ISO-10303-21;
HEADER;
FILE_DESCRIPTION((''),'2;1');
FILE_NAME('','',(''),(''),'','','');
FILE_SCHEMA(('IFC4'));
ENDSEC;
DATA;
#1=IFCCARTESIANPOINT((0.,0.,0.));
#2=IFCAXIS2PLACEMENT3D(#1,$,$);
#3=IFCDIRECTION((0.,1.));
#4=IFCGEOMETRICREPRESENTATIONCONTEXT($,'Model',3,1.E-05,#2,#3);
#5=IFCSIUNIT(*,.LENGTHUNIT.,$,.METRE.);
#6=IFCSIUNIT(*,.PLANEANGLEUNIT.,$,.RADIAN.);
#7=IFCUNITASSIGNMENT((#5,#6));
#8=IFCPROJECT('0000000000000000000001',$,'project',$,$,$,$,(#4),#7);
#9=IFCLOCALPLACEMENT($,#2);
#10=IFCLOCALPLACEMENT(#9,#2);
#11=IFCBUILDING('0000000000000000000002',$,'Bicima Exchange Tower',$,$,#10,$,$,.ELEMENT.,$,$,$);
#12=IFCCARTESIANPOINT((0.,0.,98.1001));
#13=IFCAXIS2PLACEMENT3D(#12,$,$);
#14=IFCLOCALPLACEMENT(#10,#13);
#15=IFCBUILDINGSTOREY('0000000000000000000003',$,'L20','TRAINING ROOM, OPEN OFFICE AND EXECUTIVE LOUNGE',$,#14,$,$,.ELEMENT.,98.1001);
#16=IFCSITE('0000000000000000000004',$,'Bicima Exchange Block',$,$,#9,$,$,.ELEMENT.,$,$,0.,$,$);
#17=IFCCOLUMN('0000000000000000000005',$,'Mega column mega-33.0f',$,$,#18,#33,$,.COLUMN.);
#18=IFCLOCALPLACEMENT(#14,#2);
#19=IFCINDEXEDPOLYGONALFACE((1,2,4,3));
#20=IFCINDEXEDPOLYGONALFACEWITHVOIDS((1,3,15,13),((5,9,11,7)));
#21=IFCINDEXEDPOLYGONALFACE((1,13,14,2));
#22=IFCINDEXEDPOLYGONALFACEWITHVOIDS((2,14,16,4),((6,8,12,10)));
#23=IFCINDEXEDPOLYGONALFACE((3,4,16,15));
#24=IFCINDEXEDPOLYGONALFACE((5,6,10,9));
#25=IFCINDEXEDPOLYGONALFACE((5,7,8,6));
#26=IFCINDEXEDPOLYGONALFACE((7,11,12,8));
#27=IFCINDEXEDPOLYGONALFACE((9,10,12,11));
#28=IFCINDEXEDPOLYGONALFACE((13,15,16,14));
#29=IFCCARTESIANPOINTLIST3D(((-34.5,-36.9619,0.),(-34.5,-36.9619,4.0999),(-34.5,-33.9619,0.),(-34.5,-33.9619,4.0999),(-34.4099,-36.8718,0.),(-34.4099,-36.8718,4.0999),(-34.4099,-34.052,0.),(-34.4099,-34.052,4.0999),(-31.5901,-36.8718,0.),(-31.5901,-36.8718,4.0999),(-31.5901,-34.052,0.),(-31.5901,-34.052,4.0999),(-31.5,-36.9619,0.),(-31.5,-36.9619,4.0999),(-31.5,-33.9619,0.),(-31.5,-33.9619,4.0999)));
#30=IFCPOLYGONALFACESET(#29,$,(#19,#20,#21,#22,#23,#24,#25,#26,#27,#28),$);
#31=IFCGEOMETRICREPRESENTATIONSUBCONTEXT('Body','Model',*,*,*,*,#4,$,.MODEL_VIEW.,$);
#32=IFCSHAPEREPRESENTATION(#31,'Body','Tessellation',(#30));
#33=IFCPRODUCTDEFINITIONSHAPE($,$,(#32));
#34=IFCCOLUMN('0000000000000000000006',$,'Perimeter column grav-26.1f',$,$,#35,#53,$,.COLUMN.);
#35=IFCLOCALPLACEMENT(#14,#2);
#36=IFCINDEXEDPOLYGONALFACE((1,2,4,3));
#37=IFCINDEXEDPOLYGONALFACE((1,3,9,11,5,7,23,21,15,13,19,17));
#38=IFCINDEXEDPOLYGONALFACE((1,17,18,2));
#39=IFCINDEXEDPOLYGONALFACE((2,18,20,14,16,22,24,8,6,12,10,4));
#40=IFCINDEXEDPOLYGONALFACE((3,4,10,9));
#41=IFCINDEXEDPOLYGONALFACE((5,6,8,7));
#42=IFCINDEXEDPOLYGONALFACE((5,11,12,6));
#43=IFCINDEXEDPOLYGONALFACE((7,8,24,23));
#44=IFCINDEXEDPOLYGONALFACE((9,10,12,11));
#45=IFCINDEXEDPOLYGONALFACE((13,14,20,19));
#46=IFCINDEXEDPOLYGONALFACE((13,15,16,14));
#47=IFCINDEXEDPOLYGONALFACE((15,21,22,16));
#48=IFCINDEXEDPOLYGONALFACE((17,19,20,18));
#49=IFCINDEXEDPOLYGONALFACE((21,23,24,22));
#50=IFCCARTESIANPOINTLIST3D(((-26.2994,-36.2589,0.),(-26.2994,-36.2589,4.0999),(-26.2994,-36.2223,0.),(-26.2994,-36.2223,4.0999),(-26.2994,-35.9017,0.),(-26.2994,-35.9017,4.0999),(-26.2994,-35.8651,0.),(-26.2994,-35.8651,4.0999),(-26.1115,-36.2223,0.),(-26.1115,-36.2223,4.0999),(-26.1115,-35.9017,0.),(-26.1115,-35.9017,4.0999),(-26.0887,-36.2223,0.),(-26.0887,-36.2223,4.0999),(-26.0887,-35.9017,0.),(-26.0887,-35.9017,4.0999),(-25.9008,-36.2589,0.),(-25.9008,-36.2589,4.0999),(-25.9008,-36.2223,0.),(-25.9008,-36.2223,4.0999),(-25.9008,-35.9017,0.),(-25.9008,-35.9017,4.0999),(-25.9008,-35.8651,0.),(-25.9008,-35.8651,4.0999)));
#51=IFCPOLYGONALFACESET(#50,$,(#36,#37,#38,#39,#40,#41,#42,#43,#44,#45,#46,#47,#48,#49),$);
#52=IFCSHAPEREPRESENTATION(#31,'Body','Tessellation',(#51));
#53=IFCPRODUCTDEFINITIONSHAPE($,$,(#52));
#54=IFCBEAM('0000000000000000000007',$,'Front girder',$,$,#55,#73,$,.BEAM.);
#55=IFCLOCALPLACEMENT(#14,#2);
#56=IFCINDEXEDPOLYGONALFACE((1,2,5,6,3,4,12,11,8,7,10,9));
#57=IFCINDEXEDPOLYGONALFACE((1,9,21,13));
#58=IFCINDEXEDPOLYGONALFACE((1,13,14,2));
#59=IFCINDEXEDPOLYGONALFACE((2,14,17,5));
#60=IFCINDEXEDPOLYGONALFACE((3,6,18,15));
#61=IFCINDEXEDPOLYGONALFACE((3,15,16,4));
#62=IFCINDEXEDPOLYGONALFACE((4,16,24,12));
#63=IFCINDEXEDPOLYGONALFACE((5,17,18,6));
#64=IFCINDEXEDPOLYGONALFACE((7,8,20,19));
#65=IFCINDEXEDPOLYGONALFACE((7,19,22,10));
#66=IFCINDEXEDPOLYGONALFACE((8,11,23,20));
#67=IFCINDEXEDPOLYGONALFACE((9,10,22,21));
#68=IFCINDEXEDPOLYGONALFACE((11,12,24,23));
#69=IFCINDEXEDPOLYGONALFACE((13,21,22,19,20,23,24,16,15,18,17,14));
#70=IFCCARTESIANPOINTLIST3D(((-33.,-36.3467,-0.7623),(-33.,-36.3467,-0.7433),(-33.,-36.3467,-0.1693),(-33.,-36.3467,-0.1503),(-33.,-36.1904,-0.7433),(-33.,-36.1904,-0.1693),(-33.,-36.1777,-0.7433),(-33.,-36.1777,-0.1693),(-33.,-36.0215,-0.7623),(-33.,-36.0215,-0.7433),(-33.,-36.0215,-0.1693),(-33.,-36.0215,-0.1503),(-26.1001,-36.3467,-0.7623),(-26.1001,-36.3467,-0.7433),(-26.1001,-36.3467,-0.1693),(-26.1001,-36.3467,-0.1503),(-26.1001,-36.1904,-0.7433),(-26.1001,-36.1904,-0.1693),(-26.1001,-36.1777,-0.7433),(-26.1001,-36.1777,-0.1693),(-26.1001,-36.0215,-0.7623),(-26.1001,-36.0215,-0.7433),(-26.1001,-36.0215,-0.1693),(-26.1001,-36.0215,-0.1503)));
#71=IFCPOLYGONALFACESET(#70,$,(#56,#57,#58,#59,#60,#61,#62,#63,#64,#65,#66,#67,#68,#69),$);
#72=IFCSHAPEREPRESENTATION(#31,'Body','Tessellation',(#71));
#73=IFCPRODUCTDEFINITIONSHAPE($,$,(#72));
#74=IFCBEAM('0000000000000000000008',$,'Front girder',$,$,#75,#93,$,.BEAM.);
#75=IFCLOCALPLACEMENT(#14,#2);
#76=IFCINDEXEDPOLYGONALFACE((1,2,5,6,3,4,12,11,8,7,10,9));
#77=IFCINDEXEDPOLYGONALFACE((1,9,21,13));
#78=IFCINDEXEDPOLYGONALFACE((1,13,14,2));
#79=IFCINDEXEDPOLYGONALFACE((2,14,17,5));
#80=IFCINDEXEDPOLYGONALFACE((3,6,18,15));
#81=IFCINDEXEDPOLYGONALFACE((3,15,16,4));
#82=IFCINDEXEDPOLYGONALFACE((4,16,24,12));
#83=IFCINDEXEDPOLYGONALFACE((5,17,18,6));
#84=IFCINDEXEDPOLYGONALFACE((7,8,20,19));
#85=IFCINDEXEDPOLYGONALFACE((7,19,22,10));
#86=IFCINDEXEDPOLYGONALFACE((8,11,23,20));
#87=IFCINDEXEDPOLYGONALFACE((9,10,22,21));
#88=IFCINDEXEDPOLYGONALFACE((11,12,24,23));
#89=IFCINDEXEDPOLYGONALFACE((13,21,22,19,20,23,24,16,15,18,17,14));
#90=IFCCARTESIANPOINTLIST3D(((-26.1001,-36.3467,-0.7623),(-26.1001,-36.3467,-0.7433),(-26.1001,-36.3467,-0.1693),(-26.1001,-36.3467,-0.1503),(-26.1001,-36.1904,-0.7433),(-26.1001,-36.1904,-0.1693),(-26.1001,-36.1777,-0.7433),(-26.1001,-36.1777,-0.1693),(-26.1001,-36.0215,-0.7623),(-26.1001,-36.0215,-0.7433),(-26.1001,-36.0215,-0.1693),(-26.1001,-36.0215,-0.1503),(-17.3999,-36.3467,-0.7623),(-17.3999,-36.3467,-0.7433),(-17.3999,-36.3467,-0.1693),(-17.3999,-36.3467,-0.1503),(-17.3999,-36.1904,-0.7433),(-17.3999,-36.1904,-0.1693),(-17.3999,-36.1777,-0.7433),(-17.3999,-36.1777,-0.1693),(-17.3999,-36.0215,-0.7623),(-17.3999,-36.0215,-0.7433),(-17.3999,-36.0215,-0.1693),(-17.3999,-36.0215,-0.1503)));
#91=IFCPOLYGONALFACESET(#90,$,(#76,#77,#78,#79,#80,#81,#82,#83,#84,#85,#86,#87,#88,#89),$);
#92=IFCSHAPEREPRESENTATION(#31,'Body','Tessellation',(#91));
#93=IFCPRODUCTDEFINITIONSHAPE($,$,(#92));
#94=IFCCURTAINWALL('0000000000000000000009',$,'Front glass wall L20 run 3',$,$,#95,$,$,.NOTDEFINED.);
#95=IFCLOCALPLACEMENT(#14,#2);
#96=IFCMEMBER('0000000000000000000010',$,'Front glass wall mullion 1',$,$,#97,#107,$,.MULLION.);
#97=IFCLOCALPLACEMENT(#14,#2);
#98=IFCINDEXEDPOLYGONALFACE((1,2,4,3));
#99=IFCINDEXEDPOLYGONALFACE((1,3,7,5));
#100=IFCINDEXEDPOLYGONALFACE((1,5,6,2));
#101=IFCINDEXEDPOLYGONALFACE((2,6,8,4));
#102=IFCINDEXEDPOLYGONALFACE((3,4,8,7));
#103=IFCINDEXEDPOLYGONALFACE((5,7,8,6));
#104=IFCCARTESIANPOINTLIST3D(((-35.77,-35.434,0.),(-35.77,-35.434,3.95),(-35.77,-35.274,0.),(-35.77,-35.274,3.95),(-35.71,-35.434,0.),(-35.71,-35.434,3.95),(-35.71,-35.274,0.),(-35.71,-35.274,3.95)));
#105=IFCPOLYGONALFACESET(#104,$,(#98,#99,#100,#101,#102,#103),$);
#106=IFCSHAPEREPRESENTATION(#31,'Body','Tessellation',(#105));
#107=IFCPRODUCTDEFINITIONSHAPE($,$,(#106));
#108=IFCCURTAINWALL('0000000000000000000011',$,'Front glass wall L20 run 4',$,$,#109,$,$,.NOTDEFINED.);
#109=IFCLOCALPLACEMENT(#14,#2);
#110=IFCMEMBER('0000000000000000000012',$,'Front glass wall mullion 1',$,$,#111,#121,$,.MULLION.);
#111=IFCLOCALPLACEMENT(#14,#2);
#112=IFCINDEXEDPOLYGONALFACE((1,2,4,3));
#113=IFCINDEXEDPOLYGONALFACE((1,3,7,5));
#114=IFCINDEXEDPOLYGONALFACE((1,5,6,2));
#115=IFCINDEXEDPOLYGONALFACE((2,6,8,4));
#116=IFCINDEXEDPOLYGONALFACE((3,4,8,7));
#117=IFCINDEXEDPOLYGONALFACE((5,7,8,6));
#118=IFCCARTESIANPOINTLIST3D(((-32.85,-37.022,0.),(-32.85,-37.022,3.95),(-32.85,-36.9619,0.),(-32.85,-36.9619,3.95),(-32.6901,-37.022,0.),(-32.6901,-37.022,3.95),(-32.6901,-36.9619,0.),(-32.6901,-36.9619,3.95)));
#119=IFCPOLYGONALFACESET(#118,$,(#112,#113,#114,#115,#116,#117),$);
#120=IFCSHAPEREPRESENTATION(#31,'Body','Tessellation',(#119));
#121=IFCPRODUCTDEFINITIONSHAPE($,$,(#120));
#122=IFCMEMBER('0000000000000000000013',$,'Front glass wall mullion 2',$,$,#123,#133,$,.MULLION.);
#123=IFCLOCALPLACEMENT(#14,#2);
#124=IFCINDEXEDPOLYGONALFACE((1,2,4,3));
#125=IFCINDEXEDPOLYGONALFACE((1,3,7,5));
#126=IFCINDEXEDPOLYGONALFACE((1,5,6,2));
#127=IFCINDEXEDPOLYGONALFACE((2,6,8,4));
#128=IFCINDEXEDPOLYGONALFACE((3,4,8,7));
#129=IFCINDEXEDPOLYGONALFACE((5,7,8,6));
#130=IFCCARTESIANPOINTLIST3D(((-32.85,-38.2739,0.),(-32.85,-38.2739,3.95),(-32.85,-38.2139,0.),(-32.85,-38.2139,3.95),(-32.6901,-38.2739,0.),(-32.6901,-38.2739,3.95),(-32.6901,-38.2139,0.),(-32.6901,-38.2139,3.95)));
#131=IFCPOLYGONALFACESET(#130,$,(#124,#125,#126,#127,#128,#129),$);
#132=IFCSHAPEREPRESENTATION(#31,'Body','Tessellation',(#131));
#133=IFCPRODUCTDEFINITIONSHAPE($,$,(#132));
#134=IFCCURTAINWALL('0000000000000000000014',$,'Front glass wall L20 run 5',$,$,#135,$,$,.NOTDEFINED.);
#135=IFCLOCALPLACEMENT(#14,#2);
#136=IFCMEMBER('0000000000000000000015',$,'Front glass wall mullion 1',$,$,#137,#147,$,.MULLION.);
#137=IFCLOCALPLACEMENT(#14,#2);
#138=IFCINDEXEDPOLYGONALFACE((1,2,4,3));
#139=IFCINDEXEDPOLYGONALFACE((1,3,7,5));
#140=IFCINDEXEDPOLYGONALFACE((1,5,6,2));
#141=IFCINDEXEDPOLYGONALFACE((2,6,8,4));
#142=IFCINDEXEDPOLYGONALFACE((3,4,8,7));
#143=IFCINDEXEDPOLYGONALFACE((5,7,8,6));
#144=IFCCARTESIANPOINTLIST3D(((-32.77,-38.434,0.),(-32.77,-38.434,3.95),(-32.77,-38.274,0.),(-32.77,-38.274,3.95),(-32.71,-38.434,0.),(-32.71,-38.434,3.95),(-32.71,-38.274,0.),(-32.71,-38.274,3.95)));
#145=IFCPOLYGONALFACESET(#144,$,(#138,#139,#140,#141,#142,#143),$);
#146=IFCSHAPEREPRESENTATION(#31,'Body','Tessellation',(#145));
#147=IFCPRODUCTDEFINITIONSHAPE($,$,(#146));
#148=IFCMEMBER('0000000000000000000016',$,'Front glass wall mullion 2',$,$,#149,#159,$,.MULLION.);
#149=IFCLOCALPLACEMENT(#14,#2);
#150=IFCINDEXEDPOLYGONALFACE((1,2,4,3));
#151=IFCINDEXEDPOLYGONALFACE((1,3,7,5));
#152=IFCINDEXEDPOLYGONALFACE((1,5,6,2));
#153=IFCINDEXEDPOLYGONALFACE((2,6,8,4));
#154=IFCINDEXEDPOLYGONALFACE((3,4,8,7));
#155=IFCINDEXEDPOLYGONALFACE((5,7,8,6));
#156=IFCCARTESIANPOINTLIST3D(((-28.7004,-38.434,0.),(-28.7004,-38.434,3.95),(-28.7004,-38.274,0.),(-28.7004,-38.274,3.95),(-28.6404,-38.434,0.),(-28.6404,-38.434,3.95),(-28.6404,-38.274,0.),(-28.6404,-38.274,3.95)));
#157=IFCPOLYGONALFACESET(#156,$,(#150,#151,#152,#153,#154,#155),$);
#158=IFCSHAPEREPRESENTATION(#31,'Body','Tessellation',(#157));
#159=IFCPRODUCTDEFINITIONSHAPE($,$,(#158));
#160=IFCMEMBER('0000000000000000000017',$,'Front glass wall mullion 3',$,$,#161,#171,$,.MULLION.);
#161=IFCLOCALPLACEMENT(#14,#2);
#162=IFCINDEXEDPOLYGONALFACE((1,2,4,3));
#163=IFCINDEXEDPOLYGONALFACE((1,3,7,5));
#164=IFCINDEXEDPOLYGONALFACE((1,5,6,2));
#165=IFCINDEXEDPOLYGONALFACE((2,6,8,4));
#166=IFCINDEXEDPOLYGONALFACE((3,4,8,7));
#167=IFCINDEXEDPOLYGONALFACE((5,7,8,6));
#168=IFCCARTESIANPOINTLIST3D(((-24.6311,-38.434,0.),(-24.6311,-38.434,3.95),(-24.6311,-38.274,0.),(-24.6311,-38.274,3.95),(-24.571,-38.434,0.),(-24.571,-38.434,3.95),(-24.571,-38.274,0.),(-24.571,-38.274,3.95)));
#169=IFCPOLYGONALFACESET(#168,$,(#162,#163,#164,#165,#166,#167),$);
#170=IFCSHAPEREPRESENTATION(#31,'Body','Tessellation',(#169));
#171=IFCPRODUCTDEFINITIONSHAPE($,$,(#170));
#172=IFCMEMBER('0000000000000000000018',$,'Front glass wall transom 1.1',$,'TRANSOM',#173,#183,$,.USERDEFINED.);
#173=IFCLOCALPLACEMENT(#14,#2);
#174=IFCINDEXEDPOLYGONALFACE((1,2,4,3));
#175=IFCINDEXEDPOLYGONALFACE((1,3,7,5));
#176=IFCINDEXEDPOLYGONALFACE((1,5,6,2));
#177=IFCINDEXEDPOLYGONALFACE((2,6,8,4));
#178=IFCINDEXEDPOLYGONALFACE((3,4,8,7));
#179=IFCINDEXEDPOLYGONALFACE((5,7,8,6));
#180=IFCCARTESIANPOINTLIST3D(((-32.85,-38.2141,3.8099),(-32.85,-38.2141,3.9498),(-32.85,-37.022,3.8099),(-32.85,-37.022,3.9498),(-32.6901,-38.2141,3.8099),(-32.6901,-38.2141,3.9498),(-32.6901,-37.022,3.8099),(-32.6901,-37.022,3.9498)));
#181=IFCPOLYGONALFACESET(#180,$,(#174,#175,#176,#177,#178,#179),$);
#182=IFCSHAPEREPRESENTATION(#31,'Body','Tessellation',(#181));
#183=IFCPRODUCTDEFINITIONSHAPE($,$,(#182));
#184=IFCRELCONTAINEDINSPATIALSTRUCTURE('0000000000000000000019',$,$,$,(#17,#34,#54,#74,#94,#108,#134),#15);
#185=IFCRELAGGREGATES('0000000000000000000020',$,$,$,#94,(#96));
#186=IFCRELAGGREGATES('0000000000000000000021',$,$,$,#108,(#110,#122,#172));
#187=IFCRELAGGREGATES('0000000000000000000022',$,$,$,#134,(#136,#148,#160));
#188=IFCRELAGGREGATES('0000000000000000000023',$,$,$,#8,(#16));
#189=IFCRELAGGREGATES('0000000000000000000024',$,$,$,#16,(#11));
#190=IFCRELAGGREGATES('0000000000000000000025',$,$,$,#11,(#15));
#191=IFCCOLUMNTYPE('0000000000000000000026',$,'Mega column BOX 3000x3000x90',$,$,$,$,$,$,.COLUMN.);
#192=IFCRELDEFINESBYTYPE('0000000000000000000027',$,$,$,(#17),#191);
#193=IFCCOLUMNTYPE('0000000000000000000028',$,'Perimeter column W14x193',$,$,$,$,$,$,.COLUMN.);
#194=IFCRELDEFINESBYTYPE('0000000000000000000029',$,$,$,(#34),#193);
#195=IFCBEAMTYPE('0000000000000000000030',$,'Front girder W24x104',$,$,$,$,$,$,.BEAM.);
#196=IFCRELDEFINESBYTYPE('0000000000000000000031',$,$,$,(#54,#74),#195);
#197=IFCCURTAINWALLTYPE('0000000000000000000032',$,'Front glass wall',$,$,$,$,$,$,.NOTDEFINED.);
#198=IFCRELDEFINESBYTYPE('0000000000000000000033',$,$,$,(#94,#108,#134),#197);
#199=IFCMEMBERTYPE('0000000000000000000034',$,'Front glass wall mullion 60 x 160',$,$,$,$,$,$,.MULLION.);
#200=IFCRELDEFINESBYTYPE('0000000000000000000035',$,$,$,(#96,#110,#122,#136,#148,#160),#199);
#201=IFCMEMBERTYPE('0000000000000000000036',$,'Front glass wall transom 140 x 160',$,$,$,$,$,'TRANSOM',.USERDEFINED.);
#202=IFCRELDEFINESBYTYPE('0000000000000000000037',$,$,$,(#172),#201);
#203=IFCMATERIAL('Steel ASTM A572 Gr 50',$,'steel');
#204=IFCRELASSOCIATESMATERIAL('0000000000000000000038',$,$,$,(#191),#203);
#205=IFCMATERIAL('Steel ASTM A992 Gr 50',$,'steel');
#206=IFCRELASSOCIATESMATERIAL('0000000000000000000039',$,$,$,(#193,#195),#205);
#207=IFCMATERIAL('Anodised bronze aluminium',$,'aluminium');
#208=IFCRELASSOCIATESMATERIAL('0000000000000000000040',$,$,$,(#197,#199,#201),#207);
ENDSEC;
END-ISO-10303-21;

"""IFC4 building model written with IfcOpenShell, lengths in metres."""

from ifc_helpers import new_model, si_unit, direction, frame, origin, origin_2d, place, context, subcontext, project, spatial, rectangle, hollow_rectangle, i_section, extrude, material, material_profile, profile_set, type_object, element, aggregate, save


model = new_model("IFC4")

# Units and contexts
model_context = context("Model", 3, precision=1e-05, world=origin(), true_north=direction((0.0, 1.0)))
body_context = subcontext(model_context, "Body", "Model", "MODEL_VIEW")
ifc_project = project(units=[si_unit("LENGTHUNIT", "METRE"), si_unit("PLANEANGLEUNIT", "RADIAN")], contexts=[model_context])

# Site, building, storey
site_placement = place(None, origin())
site = spatial("IfcSite", under=ifc_project, at=site_placement, Name="Bicima Exchange Block", CompositionType="ELEMENT", RefElevation=0.0)
building_placement = place(site_placement, origin())
building = spatial("IfcBuilding", under=site, at=building_placement, Name="Bicima Exchange Tower", CompositionType="ELEMENT")
storey_placement = place(building_placement, frame((0.0, 0.0, 98.1001)))
storey = spatial("IfcBuildingStorey", under=building, at=storey_placement, Name="L20", Description="TRAINING ROOM, OPEN OFFICE AND EXECUTIVE LOUNGE", CompositionType="ELEMENT", Elevation=98.1001)

# Columns
ifc_material_1 = material(Name="Steel ASTM A572 Gr 50", Category="steel")
ifc_material_profile_1 = material_profile(ifc_material_1, hollow_rectangle(XDim=3.0, YDim=3.0, WallThickness=0.0901, at=origin_2d()))
ifc_profile_set_1 = profile_set([ifc_material_profile_1], Name="Steel ASTM A572 Gr 50")
column_type_1 = type_object("IfcColumnType", Name="Mega column BOX 3000x3000x90", PredefinedType="COLUMN", material=ifc_profile_set_1)
column_1_placement = place(storey_placement, frame((-33.0, -35.4619, 0.0), z_axis=(0.0, 0.0, 1.0), x_axis=(1.0, 0.0, 0.0)))
element("IfcColumn", 1, at=column_1_placement, inside=storey, type_object=column_type_1, Name="Mega column mega-33.0f", PredefinedType="COLUMN", context=body_context, shape_type="SweptSolid", body=[
    extrude(hollow_rectangle(XDim=3.0, YDim=3.0, WallThickness=0.0901, at=origin_2d()), origin(), (0.0, 0.0, 1.0), 4.0999),
])
ifc_material_2 = material(Name="Steel ASTM A992 Gr 50", Category="steel")
ifc_material_profile_2 = material_profile(ifc_material_2, i_section(OverallWidth=0.3987, OverallDepth=0.3938, WebThickness=0.0227, FlangeThickness=0.0366, at=origin_2d()))
ifc_profile_set_2 = profile_set([ifc_material_profile_2], Name="Steel ASTM A992 Gr 50")
column_type_2 = type_object("IfcColumnType", Name="Perimeter column W14x193", PredefinedType="COLUMN", material=ifc_profile_set_2)
column_2_placement = place(storey_placement, frame((-26.1001, -36.062, 0.0), z_axis=(0.0, 0.0, 1.0), x_axis=(1.0, 0.0, 0.0)))
element("IfcColumn", 2, at=column_2_placement, inside=storey, type_object=column_type_2, Name="Perimeter column grav-26.1f", PredefinedType="COLUMN", context=body_context, shape_type="SweptSolid", body=[
    extrude(i_section(OverallWidth=0.3987, OverallDepth=0.3938, WebThickness=0.0227, FlangeThickness=0.0366, at=origin_2d()), origin(), (0.0, 0.0, 1.0), 4.0999),
])

# Beams
ifc_material_profile_3 = material_profile(ifc_material_2, i_section(OverallWidth=0.3252, OverallDepth=0.6121, WebThickness=0.0127, FlangeThickness=0.019, at=origin_2d()))
ifc_profile_set_3 = profile_set([ifc_material_profile_3], Name="Steel ASTM A992 Gr 50")
beam_type = type_object("IfcBeamType", Name="Front girder W24x104", PredefinedType="BEAM", material=ifc_profile_set_3)
beam_1_placement = place(storey_placement, frame((-33.0, -36.1841, -0.4563), z_axis=(1.0, 0.0, 0.0), x_axis=(0.0, 1.0, 0.0)))
element("IfcBeam", 3, at=beam_1_placement, inside=storey, type_object=beam_type, Name="Front girder", PredefinedType="BEAM", context=body_context, shape_type="SweptSolid", body=[
    extrude(i_section(OverallWidth=0.3252, OverallDepth=0.6121, WebThickness=0.0127, FlangeThickness=0.019, at=origin_2d()), origin(), (0.0, 0.0, 1.0), 6.8999),
])
beam_2_placement = place(storey_placement, frame((-26.1001, -36.1841, -0.4563), z_axis=(1.0, 0.0, 0.0), x_axis=(0.0, 1.0, 0.0)))
element("IfcBeam", 4, at=beam_2_placement, inside=storey, type_object=beam_type, Name="Front girder", PredefinedType="BEAM", context=body_context, shape_type="SweptSolid", body=[
    extrude(i_section(OverallWidth=0.3252, OverallDepth=0.6121, WebThickness=0.0127, FlangeThickness=0.019, at=origin_2d()), origin(), (0.0, 0.0, 1.0), 8.7002),
])

# Curtain wall, member
ifc_material_3 = material(Name="Anodised bronze aluminium", Category="aluminium")
curtain_wall_type = type_object("IfcCurtainWallType", Name="Front glass wall", PredefinedType="NOTDEFINED", material=ifc_material_3)
curtain_wall_1_placement = place(storey_placement, origin())
curtain_wall_1 = element("IfcCurtainWall", 5, at=curtain_wall_1_placement, inside=storey, type_object=curtain_wall_type, Name="Front glass wall L20 run 3", PredefinedType="NOTDEFINED")
ifc_material_profile_4 = material_profile(ifc_material_3, rectangle(XDim=0.1599, YDim=0.0601, at=origin_2d()))
ifc_profile_set_4 = profile_set([ifc_material_profile_4], Name="Anodised bronze aluminium")
member_type_1 = type_object("IfcMemberType", Name="Front glass wall mullion 60 x 160", PredefinedType="MULLION", material=ifc_profile_set_4)
member_1_placement = place(storey_placement, frame((-35.74, -35.354, 0.0), z_axis=(0.0, 0.0, 1.0), x_axis=(0.0, 1.0, 0.0)))
member_1 = element("IfcMember", 6, at=member_1_placement, type_object=member_type_1, Name="Front glass wall mullion 1", PredefinedType="MULLION", context=body_context, shape_type="SweptSolid", body=[
    extrude(rectangle(XDim=0.1599, YDim=0.0601, at=origin_2d()), origin(), (0.0, 0.0, 1.0), 3.95),
])
aggregate(curtain_wall_1, [member_1])

# Curtain walls, members
curtain_wall_2_placement = place(storey_placement, origin())
curtain_wall_2 = element("IfcCurtainWall", 7, at=curtain_wall_2_placement, inside=storey, type_object=curtain_wall_type, Name="Front glass wall L20 run 4", PredefinedType="NOTDEFINED")
member_2_placement = place(storey_placement, frame((-32.77, -36.9919, 0.0), z_axis=(0.0, 0.0, 1.0), x_axis=(1.0, 0.0, 0.0)))
member_2 = element("IfcMember", 8, at=member_2_placement, type_object=member_type_1, Name="Front glass wall mullion 1", PredefinedType="MULLION", context=body_context, shape_type="SweptSolid", body=[
    extrude(rectangle(XDim=0.1599, YDim=0.0601, at=origin_2d()), origin(), (0.0, 0.0, 1.0), 3.95),
])
member_3_placement = place(storey_placement, frame((-32.77, -38.2439, 0.0), z_axis=(0.0, 0.0, 1.0), x_axis=(1.0, 0.0, 0.0)))
member_3 = element("IfcMember", 9, at=member_3_placement, type_object=member_type_1, Name="Front glass wall mullion 2", PredefinedType="MULLION", context=body_context, shape_type="SweptSolid", body=[
    extrude(rectangle(XDim=0.1599, YDim=0.0601, at=origin_2d()), origin(), (0.0, 0.0, 1.0), 3.95),
])
curtain_wall_3_placement = place(storey_placement, origin())
curtain_wall_3 = element("IfcCurtainWall", 10, at=curtain_wall_3_placement, inside=storey, type_object=curtain_wall_type, Name="Front glass wall L20 run 5", PredefinedType="NOTDEFINED")
member_4_placement = place(storey_placement, frame((-32.74, -38.354, 0.0), z_axis=(0.0, 0.0, 1.0), x_axis=(0.0, 1.0, 0.0)))
member_4 = element("IfcMember", 11, at=member_4_placement, type_object=member_type_1, Name="Front glass wall mullion 1", PredefinedType="MULLION", context=body_context, shape_type="SweptSolid", body=[
    extrude(rectangle(XDim=0.1599, YDim=0.0601, at=origin_2d()), origin(), (0.0, 0.0, 1.0), 3.95),
])
member_5_placement = place(storey_placement, frame((-28.6704, -38.354, 0.0), z_axis=(0.0, 0.0, 1.0), x_axis=(0.0, 1.0, 0.0)))
member_5 = element("IfcMember", 12, at=member_5_placement, type_object=member_type_1, Name="Front glass wall mullion 2", PredefinedType="MULLION", context=body_context, shape_type="SweptSolid", body=[
    extrude(rectangle(XDim=0.1599, YDim=0.0601, at=origin_2d()), origin(), (0.0, 0.0, 1.0), 3.95),
])
member_6_placement = place(storey_placement, frame((-24.6011, -38.354, 0.0), z_axis=(0.0, 0.0, 1.0), x_axis=(0.0, 1.0, 0.0)))
member_6 = element("IfcMember", 13, at=member_6_placement, type_object=member_type_1, Name="Front glass wall mullion 3", PredefinedType="MULLION", context=body_context, shape_type="SweptSolid", body=[
    extrude(rectangle(XDim=0.1599, YDim=0.0601, at=origin_2d()), origin(), (0.0, 0.0, 1.0), 3.95),
])

# Member
ifc_material_profile_5 = material_profile(ifc_material_3, rectangle(XDim=0.1599, YDim=0.1399, at=origin_2d()))
ifc_profile_set_5 = profile_set([ifc_material_profile_5], Name="Anodised bronze aluminium")
member_type_2 = type_object("IfcMemberType", Name="Front glass wall transom 140 x 160", ElementType="TRANSOM", PredefinedType="USERDEFINED", material=ifc_profile_set_5)
member_7_placement = place(storey_placement, frame((-32.77, -37.022, 3.8799), z_axis=(0.0, -1.0, 0.0), x_axis=(1.0, 0.0, 0.0)))
member_7 = element("IfcMember", 14, at=member_7_placement, type_object=member_type_2, Name="Front glass wall transom 1.1", ObjectType="TRANSOM", PredefinedType="USERDEFINED", context=body_context, shape_type="SweptSolid", body=[
    extrude(rectangle(XDim=0.1599, YDim=0.1399, at=origin_2d()), origin(), (0.0, 0.0, 1.0), 1.1921),
])

aggregate(curtain_wall_2, [member_2, member_3, member_7])
aggregate(curtain_wall_3, [member_4, member_5, member_6])

save(model, "model.ifc")
